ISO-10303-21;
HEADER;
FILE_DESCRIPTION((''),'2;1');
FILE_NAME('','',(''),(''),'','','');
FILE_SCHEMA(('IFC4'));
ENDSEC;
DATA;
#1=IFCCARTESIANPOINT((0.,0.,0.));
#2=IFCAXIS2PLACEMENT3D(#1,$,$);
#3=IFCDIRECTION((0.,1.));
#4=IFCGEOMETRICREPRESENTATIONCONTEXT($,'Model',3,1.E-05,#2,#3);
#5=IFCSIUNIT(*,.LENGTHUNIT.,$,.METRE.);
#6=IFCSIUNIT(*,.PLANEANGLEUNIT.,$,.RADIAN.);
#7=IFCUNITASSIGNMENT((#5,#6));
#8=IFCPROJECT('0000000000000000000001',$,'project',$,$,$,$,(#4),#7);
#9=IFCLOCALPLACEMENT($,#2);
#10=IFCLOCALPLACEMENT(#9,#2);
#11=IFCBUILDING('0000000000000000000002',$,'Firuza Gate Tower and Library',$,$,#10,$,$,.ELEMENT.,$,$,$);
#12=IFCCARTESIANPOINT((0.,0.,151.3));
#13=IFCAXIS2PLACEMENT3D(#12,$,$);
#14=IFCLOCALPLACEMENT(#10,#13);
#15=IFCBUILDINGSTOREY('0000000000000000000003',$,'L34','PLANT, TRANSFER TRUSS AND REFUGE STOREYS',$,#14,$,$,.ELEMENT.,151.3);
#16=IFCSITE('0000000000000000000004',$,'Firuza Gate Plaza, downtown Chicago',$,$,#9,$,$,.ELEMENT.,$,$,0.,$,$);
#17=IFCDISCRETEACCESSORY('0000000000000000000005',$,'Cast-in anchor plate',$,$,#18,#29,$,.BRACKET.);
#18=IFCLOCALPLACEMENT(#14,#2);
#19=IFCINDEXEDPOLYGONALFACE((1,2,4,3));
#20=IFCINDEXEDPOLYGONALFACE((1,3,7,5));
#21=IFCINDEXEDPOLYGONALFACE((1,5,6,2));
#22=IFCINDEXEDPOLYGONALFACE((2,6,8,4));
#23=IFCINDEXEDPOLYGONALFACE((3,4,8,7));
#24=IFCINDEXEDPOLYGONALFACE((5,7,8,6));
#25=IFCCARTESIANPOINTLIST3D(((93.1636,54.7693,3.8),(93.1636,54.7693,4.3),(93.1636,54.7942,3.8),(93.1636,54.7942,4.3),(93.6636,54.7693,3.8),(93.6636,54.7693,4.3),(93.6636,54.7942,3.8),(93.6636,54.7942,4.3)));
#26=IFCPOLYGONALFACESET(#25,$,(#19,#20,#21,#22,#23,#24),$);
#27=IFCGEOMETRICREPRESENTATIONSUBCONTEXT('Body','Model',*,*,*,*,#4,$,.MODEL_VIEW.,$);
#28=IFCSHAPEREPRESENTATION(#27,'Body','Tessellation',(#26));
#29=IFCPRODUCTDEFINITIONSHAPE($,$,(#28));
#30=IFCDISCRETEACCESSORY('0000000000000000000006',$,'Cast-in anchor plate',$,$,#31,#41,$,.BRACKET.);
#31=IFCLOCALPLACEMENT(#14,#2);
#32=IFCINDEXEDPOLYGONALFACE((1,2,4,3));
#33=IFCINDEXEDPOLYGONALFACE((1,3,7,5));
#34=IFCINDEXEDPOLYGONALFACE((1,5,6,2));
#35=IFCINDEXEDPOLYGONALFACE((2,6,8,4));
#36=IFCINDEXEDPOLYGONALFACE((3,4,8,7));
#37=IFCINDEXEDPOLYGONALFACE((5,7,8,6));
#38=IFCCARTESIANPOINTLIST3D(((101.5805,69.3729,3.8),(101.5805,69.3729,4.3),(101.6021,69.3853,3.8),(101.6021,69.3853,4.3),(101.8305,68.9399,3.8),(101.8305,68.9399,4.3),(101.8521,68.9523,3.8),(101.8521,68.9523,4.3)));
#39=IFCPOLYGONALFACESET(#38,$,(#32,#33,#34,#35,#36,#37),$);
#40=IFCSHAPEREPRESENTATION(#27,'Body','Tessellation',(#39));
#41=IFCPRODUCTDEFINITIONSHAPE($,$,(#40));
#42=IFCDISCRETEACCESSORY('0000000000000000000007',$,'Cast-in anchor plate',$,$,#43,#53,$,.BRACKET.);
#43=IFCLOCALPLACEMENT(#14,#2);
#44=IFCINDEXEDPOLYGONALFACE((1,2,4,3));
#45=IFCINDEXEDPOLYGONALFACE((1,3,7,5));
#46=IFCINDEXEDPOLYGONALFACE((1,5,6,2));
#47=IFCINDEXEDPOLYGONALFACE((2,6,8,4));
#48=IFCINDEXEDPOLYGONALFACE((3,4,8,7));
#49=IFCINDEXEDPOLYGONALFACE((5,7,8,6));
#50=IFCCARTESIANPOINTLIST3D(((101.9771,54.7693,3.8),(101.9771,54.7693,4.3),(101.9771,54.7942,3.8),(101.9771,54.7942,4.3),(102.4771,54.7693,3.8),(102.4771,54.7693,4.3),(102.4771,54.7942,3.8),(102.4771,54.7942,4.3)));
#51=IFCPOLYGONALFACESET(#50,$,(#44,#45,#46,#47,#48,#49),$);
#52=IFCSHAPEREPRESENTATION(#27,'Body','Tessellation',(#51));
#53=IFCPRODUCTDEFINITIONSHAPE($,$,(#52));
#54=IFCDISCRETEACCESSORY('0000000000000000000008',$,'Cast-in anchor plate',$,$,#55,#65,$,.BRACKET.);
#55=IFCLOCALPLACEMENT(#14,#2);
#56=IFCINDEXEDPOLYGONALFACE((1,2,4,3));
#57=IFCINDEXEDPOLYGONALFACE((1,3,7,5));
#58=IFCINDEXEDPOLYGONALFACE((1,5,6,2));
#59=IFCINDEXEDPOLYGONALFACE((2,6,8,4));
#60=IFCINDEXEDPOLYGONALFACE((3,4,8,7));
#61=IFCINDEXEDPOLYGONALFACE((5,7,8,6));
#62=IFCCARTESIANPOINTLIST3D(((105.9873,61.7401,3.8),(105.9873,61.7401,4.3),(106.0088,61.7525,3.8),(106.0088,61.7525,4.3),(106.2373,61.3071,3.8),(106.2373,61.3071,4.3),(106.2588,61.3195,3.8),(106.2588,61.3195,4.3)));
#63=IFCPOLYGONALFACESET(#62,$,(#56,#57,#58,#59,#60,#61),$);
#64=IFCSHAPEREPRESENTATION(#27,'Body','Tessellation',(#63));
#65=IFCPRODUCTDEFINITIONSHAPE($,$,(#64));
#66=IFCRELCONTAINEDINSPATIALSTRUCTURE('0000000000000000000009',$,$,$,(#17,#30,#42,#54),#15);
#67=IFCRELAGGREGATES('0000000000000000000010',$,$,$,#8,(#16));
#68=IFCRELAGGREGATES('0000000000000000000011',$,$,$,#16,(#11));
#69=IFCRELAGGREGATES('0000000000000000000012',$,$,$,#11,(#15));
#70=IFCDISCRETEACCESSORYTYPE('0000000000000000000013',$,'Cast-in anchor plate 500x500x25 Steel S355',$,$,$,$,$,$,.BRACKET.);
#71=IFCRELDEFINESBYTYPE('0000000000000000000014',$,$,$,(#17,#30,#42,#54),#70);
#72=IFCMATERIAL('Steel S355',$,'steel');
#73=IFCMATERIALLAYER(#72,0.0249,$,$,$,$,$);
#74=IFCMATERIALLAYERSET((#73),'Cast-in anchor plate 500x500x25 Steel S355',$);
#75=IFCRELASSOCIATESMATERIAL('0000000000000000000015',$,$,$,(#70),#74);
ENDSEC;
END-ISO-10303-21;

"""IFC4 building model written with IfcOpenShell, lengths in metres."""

from ifc_helpers import new_model, si_unit, direction, frame, origin, origin_2d, place, context, subcontext, project, spatial, rectangle, extrude, material, layer, layer_set, type_object, element, save


model = new_model("IFC4")

# Units and contexts
model_context = context("Model", 3, precision=1e-05, world=origin(), true_north=direction((0.0, 1.0)))
body_context = subcontext(model_context, "Body", "Model", "MODEL_VIEW")
ifc_project = project(units=[si_unit("LENGTHUNIT", "METRE"), si_unit("PLANEANGLEUNIT", "RADIAN")], contexts=[model_context])

# Site, building, storey
site_placement = place(None, origin())
site = spatial("IfcSite", under=ifc_project, at=site_placement, Name="Firuza Gate Plaza, downtown Chicago", CompositionType="ELEMENT", RefElevation=0.0)
building_placement = place(site_placement, origin())
building = spatial("IfcBuilding", under=site, at=building_placement, Name="Firuza Gate Tower and Library", CompositionType="ELEMENT")
storey_placement = place(building_placement, frame((0.0, 0.0, 151.3)))
storey = spatial("IfcBuildingStorey", under=building, at=storey_placement, Name="L34", Description="PLANT, TRANSFER TRUSS AND REFUGE STOREYS", CompositionType="ELEMENT", Elevation=151.3)

# Discrete accessories
ifc_material_1 = material(Name="Steel S355", Category="steel")
ifc_layer_1 = layer(ifc_material_1, 0.0249)
ifc_layer_set_1 = layer_set([ifc_layer_1], Name="Cast-in anchor plate 500x500x25 Steel S355")
discrete_accessory_type = type_object("IfcDiscreteAccessoryType", Name="Cast-in anchor plate 500x500x25 Steel S355", PredefinedType="BRACKET", material=ifc_layer_set_1)
for number, where, z_axis, x_axis, name in (
    (1, (93.4136, 54.7817, 3.8), (0.0, 0.0, 1.0), (1.0, 0.0, 0.0), "Cast-in anchor plate"),
    (2, (101.7163, 69.1626, 3.8), (0.0, 0.0, 1.0), (-0.5, 0.866025, 0.0), "Cast-in anchor plate"),
    (3, (102.2271, 54.7817, 3.8), (0.0, 0.0, 1.0), (1.0, 0.0, 0.0), "Cast-in anchor plate"),
    (4, (106.123, 61.5298, 3.8), (0.0, 0.0, 1.0), (-0.5, 0.866025, 0.0), "Cast-in anchor plate"),
):
    element("IfcDiscreteAccessory", number, at=place(storey_placement, frame(where, z_axis=z_axis, x_axis=x_axis)), inside=storey, type_object=discrete_accessory_type, Name=name, PredefinedType="BRACKET", context=body_context, shape_type="SweptSolid", body=[
        extrude(rectangle(XDim=0.5, YDim=0.0249, at=origin_2d()), origin(), (0.0, 0.0, 1.0), 0.5),
    ])

save(model, "model.ifc")
